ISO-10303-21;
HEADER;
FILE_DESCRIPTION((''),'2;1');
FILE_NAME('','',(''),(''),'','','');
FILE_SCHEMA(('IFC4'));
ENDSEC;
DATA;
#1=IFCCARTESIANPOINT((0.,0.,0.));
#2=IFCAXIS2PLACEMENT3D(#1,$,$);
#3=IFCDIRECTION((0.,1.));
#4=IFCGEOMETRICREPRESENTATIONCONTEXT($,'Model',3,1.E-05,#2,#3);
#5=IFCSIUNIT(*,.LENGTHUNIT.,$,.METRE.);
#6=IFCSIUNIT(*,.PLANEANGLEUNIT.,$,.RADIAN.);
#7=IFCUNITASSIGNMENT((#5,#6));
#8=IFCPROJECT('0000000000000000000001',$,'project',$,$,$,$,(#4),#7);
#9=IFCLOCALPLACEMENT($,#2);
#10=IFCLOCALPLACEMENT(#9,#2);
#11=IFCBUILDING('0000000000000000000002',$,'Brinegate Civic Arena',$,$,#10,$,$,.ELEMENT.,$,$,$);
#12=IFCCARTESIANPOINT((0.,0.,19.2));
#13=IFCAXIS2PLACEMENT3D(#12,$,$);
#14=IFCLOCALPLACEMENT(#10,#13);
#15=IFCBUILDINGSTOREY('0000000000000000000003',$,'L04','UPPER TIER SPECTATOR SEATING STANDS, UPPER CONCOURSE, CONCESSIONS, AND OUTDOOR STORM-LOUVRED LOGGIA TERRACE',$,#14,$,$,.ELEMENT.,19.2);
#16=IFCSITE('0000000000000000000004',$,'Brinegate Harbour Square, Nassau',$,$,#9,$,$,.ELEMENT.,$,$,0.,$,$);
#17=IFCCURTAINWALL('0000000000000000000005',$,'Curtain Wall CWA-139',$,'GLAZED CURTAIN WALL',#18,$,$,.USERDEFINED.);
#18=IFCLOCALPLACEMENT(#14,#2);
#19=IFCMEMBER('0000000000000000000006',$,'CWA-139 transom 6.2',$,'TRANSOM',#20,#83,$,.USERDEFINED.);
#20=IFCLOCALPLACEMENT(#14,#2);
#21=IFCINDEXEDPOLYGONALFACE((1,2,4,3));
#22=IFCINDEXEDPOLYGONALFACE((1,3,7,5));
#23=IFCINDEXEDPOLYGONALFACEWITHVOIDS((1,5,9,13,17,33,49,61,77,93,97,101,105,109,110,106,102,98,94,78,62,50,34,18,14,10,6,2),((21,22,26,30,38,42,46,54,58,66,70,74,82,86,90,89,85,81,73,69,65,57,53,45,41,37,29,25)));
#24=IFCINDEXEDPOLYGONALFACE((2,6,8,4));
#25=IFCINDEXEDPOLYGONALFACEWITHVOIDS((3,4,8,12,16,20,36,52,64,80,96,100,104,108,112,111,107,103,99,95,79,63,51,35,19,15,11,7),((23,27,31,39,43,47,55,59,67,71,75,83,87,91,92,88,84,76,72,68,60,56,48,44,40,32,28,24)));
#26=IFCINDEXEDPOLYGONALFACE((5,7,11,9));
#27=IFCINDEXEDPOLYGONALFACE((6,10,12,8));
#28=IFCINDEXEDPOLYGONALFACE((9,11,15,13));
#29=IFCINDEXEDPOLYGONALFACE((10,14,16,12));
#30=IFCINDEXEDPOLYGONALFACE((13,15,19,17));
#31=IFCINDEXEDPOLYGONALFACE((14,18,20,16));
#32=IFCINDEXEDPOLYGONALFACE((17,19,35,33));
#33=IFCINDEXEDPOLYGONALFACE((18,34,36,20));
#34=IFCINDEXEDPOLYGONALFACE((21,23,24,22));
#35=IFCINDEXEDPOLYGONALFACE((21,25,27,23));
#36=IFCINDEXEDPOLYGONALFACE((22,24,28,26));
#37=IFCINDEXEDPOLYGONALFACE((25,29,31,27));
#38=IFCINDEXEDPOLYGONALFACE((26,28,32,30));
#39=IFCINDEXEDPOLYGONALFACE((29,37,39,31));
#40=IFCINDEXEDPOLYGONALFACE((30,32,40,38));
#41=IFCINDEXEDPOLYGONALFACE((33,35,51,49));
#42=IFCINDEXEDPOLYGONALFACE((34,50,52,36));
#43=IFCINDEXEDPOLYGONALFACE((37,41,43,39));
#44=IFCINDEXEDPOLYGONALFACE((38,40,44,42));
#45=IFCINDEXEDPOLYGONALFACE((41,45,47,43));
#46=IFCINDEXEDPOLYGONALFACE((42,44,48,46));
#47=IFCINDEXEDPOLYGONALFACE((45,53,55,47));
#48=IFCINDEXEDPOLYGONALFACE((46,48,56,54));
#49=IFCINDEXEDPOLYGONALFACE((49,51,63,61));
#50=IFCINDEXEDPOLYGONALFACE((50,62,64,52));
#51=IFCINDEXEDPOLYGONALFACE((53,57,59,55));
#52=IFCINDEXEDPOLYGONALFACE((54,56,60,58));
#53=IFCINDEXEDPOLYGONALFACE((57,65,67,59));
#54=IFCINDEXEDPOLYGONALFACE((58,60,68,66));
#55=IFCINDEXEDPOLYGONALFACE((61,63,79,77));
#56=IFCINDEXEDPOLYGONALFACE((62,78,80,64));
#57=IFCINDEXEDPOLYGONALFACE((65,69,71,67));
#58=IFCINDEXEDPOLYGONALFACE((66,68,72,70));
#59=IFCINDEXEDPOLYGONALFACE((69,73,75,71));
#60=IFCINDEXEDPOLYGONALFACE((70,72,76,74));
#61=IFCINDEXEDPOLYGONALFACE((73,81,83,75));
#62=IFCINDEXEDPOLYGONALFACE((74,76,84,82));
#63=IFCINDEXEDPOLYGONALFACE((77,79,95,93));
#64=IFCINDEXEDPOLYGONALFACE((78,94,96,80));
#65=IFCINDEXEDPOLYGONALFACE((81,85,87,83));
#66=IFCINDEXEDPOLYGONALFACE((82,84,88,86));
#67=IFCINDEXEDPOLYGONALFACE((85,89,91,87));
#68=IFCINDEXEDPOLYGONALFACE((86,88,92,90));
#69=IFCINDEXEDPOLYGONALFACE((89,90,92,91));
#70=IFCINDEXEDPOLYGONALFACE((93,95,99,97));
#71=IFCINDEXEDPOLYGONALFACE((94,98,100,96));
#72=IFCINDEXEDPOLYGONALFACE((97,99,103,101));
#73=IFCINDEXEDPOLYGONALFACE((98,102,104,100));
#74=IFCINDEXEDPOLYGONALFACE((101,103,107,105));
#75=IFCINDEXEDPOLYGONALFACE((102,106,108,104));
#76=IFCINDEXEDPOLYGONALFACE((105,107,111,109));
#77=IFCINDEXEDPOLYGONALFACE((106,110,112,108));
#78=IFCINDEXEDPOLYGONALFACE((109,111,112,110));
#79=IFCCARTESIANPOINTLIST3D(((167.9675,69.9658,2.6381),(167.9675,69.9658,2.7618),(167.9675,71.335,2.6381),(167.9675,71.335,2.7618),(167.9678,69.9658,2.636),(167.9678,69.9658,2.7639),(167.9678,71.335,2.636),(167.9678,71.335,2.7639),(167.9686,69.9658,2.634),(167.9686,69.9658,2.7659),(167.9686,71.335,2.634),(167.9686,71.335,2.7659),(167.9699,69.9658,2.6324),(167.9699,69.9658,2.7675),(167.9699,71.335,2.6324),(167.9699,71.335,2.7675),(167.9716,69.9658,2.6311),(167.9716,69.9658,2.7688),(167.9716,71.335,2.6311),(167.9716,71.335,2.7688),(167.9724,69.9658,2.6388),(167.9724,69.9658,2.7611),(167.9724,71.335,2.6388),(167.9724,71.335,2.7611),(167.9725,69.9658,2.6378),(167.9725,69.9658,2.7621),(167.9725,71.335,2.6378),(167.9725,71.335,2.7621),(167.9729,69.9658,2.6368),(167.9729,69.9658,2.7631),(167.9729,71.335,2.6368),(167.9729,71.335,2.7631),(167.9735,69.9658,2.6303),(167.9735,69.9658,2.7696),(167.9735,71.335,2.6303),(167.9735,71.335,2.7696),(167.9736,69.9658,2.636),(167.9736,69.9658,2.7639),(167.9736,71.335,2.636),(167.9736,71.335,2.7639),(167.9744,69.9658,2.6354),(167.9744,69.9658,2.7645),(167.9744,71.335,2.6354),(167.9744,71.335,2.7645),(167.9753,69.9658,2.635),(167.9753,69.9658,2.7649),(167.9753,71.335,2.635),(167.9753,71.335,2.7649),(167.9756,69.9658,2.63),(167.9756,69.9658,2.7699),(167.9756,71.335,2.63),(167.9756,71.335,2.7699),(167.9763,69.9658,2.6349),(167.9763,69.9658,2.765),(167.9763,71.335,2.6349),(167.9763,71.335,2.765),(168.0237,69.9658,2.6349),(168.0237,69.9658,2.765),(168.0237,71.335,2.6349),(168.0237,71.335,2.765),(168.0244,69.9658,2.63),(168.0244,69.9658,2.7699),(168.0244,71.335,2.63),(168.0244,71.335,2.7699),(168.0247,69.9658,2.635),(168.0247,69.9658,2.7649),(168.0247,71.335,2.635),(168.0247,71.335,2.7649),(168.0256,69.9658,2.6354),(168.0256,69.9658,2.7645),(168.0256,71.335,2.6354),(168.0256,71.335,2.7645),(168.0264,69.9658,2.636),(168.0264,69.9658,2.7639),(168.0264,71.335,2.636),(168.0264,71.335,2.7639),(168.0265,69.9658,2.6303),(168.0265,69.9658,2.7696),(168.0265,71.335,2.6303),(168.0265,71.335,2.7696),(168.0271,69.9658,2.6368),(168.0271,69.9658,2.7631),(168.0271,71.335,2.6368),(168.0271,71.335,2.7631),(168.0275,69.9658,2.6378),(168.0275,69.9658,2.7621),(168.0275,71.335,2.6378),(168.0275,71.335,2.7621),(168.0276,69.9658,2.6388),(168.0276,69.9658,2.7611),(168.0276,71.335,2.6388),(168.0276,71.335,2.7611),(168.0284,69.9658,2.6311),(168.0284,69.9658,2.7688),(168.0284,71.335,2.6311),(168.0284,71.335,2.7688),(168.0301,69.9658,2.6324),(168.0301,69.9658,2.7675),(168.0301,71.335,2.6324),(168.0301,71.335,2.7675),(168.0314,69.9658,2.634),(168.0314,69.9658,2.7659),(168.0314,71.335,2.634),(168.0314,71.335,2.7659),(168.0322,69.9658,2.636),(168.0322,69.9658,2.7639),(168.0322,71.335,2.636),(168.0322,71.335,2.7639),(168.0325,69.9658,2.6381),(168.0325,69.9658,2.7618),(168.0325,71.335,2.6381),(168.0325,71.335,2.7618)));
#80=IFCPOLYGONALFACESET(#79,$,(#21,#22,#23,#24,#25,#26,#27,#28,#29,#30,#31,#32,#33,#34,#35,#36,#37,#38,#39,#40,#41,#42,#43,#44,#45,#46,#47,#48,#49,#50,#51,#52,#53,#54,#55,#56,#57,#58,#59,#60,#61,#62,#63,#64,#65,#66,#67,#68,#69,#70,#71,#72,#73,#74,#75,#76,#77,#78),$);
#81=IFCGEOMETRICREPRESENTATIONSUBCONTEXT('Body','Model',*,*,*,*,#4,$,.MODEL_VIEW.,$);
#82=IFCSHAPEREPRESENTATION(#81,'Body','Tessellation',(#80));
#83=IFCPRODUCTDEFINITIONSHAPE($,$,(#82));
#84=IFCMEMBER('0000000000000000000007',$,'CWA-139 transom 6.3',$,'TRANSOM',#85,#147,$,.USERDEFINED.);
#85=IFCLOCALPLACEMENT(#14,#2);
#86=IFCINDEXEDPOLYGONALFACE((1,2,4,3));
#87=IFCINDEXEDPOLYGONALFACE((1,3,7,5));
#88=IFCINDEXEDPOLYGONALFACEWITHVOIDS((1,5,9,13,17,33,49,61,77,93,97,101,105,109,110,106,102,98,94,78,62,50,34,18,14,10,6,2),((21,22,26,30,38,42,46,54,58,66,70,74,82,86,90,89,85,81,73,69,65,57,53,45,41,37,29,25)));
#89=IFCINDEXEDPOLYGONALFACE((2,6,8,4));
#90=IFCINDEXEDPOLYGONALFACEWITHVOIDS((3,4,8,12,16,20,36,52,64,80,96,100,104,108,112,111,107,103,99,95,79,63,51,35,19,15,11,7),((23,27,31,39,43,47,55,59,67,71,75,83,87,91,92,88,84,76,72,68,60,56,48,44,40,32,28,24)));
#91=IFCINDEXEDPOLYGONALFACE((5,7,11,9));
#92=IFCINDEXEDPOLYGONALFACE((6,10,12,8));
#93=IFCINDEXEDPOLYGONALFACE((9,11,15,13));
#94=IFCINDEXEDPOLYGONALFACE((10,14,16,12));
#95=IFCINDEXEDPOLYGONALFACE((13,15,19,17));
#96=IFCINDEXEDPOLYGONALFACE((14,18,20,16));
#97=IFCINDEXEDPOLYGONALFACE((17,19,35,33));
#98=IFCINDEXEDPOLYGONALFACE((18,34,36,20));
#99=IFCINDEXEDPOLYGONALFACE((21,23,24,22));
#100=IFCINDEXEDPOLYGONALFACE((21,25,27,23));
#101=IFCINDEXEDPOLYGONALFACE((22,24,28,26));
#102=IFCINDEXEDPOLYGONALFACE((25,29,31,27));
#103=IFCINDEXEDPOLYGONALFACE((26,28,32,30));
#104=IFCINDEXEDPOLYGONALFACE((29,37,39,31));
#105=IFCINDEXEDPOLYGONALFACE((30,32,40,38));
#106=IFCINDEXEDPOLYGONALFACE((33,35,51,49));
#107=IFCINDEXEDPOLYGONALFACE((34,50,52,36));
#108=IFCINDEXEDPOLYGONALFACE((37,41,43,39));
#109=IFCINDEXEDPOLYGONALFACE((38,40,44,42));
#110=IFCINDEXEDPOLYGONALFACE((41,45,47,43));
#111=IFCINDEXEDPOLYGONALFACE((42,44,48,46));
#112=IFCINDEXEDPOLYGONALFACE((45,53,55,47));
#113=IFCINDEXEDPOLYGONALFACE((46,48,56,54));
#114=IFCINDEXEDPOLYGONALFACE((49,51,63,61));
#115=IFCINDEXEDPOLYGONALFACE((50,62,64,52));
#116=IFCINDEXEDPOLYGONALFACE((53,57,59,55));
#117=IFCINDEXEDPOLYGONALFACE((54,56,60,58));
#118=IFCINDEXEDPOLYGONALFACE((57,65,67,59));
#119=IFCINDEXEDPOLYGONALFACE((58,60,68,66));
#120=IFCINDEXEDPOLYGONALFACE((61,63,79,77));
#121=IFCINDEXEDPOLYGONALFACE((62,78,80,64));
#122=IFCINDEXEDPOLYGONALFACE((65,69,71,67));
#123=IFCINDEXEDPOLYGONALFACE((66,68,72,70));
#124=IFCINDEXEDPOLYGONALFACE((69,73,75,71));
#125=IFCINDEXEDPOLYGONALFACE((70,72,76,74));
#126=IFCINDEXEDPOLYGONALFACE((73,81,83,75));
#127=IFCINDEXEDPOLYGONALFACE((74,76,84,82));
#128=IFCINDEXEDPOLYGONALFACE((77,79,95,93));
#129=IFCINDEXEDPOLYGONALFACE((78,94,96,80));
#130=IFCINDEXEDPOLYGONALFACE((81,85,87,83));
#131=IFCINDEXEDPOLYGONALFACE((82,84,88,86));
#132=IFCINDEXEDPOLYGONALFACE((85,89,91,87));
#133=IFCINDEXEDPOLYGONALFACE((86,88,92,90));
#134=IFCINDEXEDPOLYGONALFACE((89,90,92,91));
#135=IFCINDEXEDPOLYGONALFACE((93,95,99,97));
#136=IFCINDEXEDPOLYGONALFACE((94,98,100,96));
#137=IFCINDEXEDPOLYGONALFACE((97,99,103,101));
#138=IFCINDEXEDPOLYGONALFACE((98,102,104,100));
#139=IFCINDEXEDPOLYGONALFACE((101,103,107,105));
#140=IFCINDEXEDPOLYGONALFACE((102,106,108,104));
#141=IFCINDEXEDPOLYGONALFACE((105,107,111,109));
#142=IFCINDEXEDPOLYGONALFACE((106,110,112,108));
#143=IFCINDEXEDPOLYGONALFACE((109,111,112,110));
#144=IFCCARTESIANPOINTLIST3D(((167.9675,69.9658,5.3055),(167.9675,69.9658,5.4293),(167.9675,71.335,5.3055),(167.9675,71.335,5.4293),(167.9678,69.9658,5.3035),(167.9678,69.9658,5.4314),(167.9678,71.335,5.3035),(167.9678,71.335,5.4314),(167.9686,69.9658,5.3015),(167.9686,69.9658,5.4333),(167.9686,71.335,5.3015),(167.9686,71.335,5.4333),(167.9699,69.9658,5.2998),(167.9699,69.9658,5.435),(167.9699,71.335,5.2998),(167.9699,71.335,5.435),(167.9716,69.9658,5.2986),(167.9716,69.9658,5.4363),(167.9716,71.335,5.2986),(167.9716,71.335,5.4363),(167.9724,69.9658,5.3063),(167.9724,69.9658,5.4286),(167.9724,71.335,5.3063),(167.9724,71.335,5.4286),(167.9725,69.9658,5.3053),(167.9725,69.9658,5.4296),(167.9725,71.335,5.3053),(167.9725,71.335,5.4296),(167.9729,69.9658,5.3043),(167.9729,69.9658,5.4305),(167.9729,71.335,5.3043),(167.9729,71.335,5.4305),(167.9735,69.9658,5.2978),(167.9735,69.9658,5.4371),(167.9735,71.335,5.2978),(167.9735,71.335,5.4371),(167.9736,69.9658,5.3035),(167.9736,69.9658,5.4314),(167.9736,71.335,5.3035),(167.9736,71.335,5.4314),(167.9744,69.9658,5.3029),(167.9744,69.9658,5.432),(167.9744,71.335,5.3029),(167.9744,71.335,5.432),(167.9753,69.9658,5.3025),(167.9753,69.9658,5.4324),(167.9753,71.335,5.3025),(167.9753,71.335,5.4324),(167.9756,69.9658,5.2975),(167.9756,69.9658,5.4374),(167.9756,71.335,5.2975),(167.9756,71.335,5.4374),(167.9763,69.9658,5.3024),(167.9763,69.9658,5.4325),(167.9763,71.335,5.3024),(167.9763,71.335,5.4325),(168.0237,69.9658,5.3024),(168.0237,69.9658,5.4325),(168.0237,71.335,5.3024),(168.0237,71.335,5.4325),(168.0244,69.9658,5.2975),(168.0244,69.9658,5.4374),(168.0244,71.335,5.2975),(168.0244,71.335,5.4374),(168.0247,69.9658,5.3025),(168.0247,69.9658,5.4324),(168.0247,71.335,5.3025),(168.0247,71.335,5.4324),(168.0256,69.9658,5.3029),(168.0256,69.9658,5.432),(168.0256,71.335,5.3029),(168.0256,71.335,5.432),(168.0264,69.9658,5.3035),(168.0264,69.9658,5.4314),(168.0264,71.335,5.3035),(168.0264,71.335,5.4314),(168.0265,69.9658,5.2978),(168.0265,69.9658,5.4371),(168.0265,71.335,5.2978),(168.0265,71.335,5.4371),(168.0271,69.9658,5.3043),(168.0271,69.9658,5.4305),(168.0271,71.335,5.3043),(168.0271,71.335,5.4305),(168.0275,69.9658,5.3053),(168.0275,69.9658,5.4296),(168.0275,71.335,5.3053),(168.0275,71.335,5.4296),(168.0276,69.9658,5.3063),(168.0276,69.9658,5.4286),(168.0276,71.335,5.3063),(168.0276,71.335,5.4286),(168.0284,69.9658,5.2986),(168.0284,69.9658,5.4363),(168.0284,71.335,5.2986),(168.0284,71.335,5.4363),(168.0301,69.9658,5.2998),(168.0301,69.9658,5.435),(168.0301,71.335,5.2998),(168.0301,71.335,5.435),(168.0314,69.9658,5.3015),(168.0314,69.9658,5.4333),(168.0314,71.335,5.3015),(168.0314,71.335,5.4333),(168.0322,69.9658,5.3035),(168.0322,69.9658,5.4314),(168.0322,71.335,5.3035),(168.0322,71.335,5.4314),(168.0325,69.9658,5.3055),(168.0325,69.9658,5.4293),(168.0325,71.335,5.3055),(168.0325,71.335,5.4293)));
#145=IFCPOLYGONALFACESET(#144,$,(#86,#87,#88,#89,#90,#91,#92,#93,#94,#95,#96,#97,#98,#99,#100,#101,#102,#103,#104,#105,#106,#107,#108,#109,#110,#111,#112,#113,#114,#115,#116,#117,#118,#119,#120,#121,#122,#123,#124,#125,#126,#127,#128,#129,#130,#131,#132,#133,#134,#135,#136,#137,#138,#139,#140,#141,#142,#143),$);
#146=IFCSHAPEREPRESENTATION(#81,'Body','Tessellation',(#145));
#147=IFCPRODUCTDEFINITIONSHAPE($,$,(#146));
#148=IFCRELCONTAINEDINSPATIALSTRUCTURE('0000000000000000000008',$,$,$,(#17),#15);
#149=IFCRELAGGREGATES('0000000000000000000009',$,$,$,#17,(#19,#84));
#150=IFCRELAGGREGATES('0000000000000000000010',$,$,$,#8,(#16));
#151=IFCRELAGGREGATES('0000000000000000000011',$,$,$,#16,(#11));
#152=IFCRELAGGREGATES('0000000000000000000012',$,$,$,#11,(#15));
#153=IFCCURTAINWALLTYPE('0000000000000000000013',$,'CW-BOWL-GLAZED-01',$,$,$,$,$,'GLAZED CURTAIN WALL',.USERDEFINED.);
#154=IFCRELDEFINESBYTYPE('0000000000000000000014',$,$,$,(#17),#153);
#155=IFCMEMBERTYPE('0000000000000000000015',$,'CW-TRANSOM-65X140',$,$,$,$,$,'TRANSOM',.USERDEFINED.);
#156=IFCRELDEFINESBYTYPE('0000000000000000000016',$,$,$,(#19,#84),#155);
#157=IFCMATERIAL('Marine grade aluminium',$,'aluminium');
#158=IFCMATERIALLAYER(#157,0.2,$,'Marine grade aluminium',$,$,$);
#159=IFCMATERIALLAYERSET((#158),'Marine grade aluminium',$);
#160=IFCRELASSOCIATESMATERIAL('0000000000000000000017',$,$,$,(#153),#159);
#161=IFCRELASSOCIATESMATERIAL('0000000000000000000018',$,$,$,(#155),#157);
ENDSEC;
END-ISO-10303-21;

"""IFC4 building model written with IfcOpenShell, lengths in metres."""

from ifc_helpers import new_model, si_unit, direction, frame, origin, origin_2d, place, context, subcontext, project, spatial, hollow_rectangle, extrude, material, layer, layer_set, material_profile, profile_set, type_object, element, aggregate, save


model = new_model("IFC4")

# Units and contexts
model_context = context("Model", 3, precision=1e-05, world=origin(), true_north=direction((0.0, 1.0)))
body_context = subcontext(model_context, "Body", "Model", "MODEL_VIEW")
ifc_project = project(units=[si_unit("LENGTHUNIT", "METRE"), si_unit("PLANEANGLEUNIT", "RADIAN")], contexts=[model_context])

# Site, building, storey
site_placement = place(None, origin())
site = spatial("IfcSite", under=ifc_project, at=site_placement, Name="Brinegate Harbour Square, Nassau", CompositionType="ELEMENT", RefElevation=0.0)
building_placement = place(site_placement, origin())
building = spatial("IfcBuilding", under=site, at=building_placement, Name="Brinegate Civic Arena", CompositionType="ELEMENT")
storey_placement = place(building_placement, frame((0.0, 0.0, 19.2)))
storey = spatial("IfcBuildingStorey", under=building, at=storey_placement, Name="L04", Description="UPPER TIER SPECTATOR SEATING STANDS, UPPER CONCOURSE, CONCESSIONS, AND OUTDOOR STORM-LOUVRED LOGGIA TERRACE", CompositionType="ELEMENT", Elevation=19.2)

# Curtain wall
ifc_material_1 = material(Name="Marine grade aluminium", Category="aluminium")
ifc_layer_1 = layer(ifc_material_1, 0.2, Name="Marine grade aluminium")
ifc_layer_set_1 = layer_set([ifc_layer_1], Name="Marine grade aluminium")
curtain_wall_type = type_object("IfcCurtainWallType", Name="CW-BOWL-GLAZED-01", ElementType="GLAZED CURTAIN WALL", PredefinedType="USERDEFINED", material=ifc_layer_set_1)
curtain_wall_1_placement = place(storey_placement, origin())
curtain_wall_1 = element("IfcCurtainWall", 1, at=curtain_wall_1_placement, inside=storey, type_object=curtain_wall_type, Name="Curtain Wall CWA-139", ObjectType="GLAZED CURTAIN WALL", PredefinedType="USERDEFINED")

# Members
ifc_material_profile_1 = material_profile(ifc_material_1, hollow_rectangle(XDim=0.0649, YDim=0.1399, WallThickness=0.0049, InnerFilletRadius=0.0039, OuterFilletRadius=0.0081, at=origin_2d()), Name="TRN65X140")
ifc_profile_set_1 = profile_set([ifc_material_profile_1], Name="Marine grade aluminium")
member_type_1 = type_object("IfcMemberType", Name="CW-TRANSOM-65X140", ElementType="TRANSOM", PredefinedType="USERDEFINED", material=ifc_profile_set_1)
member_1_placement = place(storey_placement, frame((168.0, 69.9658, 2.7), z_axis=(0.0, 1.0, 0.0), x_axis=(-1.0, 0.0, 0.0)))
member_1 = element("IfcMember", 2, at=member_1_placement, type_object=member_type_1, Name="CWA-139 transom 6.2", ObjectType="TRANSOM", PredefinedType="USERDEFINED", context=body_context, shape_type="SweptSolid", body=[
    extrude(hollow_rectangle(XDim=0.0649, YDim=0.1399, WallThickness=0.0049, InnerFilletRadius=0.0039, OuterFilletRadius=0.0081, at=origin_2d()), origin(), (0.0, 0.0, 1.0), 1.3691),
])
member_2_placement = place(storey_placement, frame((168.0, 69.9658, 5.3674), z_axis=(0.0, 1.0, 0.0), x_axis=(-1.0, 0.0, 0.0)))
member_2 = element("IfcMember", 3, at=member_2_placement, type_object=member_type_1, Name="CWA-139 transom 6.3", ObjectType="TRANSOM", PredefinedType="USERDEFINED", context=body_context, shape_type="SweptSolid", body=[
    extrude(hollow_rectangle(XDim=0.0649, YDim=0.1399, WallThickness=0.0049, InnerFilletRadius=0.0039, OuterFilletRadius=0.0081, at=origin_2d()), origin(), (0.0, 0.0, 1.0), 1.3691),
])

aggregate(curtain_wall_1, [member_1, member_2])

save(model, "model.ifc")
